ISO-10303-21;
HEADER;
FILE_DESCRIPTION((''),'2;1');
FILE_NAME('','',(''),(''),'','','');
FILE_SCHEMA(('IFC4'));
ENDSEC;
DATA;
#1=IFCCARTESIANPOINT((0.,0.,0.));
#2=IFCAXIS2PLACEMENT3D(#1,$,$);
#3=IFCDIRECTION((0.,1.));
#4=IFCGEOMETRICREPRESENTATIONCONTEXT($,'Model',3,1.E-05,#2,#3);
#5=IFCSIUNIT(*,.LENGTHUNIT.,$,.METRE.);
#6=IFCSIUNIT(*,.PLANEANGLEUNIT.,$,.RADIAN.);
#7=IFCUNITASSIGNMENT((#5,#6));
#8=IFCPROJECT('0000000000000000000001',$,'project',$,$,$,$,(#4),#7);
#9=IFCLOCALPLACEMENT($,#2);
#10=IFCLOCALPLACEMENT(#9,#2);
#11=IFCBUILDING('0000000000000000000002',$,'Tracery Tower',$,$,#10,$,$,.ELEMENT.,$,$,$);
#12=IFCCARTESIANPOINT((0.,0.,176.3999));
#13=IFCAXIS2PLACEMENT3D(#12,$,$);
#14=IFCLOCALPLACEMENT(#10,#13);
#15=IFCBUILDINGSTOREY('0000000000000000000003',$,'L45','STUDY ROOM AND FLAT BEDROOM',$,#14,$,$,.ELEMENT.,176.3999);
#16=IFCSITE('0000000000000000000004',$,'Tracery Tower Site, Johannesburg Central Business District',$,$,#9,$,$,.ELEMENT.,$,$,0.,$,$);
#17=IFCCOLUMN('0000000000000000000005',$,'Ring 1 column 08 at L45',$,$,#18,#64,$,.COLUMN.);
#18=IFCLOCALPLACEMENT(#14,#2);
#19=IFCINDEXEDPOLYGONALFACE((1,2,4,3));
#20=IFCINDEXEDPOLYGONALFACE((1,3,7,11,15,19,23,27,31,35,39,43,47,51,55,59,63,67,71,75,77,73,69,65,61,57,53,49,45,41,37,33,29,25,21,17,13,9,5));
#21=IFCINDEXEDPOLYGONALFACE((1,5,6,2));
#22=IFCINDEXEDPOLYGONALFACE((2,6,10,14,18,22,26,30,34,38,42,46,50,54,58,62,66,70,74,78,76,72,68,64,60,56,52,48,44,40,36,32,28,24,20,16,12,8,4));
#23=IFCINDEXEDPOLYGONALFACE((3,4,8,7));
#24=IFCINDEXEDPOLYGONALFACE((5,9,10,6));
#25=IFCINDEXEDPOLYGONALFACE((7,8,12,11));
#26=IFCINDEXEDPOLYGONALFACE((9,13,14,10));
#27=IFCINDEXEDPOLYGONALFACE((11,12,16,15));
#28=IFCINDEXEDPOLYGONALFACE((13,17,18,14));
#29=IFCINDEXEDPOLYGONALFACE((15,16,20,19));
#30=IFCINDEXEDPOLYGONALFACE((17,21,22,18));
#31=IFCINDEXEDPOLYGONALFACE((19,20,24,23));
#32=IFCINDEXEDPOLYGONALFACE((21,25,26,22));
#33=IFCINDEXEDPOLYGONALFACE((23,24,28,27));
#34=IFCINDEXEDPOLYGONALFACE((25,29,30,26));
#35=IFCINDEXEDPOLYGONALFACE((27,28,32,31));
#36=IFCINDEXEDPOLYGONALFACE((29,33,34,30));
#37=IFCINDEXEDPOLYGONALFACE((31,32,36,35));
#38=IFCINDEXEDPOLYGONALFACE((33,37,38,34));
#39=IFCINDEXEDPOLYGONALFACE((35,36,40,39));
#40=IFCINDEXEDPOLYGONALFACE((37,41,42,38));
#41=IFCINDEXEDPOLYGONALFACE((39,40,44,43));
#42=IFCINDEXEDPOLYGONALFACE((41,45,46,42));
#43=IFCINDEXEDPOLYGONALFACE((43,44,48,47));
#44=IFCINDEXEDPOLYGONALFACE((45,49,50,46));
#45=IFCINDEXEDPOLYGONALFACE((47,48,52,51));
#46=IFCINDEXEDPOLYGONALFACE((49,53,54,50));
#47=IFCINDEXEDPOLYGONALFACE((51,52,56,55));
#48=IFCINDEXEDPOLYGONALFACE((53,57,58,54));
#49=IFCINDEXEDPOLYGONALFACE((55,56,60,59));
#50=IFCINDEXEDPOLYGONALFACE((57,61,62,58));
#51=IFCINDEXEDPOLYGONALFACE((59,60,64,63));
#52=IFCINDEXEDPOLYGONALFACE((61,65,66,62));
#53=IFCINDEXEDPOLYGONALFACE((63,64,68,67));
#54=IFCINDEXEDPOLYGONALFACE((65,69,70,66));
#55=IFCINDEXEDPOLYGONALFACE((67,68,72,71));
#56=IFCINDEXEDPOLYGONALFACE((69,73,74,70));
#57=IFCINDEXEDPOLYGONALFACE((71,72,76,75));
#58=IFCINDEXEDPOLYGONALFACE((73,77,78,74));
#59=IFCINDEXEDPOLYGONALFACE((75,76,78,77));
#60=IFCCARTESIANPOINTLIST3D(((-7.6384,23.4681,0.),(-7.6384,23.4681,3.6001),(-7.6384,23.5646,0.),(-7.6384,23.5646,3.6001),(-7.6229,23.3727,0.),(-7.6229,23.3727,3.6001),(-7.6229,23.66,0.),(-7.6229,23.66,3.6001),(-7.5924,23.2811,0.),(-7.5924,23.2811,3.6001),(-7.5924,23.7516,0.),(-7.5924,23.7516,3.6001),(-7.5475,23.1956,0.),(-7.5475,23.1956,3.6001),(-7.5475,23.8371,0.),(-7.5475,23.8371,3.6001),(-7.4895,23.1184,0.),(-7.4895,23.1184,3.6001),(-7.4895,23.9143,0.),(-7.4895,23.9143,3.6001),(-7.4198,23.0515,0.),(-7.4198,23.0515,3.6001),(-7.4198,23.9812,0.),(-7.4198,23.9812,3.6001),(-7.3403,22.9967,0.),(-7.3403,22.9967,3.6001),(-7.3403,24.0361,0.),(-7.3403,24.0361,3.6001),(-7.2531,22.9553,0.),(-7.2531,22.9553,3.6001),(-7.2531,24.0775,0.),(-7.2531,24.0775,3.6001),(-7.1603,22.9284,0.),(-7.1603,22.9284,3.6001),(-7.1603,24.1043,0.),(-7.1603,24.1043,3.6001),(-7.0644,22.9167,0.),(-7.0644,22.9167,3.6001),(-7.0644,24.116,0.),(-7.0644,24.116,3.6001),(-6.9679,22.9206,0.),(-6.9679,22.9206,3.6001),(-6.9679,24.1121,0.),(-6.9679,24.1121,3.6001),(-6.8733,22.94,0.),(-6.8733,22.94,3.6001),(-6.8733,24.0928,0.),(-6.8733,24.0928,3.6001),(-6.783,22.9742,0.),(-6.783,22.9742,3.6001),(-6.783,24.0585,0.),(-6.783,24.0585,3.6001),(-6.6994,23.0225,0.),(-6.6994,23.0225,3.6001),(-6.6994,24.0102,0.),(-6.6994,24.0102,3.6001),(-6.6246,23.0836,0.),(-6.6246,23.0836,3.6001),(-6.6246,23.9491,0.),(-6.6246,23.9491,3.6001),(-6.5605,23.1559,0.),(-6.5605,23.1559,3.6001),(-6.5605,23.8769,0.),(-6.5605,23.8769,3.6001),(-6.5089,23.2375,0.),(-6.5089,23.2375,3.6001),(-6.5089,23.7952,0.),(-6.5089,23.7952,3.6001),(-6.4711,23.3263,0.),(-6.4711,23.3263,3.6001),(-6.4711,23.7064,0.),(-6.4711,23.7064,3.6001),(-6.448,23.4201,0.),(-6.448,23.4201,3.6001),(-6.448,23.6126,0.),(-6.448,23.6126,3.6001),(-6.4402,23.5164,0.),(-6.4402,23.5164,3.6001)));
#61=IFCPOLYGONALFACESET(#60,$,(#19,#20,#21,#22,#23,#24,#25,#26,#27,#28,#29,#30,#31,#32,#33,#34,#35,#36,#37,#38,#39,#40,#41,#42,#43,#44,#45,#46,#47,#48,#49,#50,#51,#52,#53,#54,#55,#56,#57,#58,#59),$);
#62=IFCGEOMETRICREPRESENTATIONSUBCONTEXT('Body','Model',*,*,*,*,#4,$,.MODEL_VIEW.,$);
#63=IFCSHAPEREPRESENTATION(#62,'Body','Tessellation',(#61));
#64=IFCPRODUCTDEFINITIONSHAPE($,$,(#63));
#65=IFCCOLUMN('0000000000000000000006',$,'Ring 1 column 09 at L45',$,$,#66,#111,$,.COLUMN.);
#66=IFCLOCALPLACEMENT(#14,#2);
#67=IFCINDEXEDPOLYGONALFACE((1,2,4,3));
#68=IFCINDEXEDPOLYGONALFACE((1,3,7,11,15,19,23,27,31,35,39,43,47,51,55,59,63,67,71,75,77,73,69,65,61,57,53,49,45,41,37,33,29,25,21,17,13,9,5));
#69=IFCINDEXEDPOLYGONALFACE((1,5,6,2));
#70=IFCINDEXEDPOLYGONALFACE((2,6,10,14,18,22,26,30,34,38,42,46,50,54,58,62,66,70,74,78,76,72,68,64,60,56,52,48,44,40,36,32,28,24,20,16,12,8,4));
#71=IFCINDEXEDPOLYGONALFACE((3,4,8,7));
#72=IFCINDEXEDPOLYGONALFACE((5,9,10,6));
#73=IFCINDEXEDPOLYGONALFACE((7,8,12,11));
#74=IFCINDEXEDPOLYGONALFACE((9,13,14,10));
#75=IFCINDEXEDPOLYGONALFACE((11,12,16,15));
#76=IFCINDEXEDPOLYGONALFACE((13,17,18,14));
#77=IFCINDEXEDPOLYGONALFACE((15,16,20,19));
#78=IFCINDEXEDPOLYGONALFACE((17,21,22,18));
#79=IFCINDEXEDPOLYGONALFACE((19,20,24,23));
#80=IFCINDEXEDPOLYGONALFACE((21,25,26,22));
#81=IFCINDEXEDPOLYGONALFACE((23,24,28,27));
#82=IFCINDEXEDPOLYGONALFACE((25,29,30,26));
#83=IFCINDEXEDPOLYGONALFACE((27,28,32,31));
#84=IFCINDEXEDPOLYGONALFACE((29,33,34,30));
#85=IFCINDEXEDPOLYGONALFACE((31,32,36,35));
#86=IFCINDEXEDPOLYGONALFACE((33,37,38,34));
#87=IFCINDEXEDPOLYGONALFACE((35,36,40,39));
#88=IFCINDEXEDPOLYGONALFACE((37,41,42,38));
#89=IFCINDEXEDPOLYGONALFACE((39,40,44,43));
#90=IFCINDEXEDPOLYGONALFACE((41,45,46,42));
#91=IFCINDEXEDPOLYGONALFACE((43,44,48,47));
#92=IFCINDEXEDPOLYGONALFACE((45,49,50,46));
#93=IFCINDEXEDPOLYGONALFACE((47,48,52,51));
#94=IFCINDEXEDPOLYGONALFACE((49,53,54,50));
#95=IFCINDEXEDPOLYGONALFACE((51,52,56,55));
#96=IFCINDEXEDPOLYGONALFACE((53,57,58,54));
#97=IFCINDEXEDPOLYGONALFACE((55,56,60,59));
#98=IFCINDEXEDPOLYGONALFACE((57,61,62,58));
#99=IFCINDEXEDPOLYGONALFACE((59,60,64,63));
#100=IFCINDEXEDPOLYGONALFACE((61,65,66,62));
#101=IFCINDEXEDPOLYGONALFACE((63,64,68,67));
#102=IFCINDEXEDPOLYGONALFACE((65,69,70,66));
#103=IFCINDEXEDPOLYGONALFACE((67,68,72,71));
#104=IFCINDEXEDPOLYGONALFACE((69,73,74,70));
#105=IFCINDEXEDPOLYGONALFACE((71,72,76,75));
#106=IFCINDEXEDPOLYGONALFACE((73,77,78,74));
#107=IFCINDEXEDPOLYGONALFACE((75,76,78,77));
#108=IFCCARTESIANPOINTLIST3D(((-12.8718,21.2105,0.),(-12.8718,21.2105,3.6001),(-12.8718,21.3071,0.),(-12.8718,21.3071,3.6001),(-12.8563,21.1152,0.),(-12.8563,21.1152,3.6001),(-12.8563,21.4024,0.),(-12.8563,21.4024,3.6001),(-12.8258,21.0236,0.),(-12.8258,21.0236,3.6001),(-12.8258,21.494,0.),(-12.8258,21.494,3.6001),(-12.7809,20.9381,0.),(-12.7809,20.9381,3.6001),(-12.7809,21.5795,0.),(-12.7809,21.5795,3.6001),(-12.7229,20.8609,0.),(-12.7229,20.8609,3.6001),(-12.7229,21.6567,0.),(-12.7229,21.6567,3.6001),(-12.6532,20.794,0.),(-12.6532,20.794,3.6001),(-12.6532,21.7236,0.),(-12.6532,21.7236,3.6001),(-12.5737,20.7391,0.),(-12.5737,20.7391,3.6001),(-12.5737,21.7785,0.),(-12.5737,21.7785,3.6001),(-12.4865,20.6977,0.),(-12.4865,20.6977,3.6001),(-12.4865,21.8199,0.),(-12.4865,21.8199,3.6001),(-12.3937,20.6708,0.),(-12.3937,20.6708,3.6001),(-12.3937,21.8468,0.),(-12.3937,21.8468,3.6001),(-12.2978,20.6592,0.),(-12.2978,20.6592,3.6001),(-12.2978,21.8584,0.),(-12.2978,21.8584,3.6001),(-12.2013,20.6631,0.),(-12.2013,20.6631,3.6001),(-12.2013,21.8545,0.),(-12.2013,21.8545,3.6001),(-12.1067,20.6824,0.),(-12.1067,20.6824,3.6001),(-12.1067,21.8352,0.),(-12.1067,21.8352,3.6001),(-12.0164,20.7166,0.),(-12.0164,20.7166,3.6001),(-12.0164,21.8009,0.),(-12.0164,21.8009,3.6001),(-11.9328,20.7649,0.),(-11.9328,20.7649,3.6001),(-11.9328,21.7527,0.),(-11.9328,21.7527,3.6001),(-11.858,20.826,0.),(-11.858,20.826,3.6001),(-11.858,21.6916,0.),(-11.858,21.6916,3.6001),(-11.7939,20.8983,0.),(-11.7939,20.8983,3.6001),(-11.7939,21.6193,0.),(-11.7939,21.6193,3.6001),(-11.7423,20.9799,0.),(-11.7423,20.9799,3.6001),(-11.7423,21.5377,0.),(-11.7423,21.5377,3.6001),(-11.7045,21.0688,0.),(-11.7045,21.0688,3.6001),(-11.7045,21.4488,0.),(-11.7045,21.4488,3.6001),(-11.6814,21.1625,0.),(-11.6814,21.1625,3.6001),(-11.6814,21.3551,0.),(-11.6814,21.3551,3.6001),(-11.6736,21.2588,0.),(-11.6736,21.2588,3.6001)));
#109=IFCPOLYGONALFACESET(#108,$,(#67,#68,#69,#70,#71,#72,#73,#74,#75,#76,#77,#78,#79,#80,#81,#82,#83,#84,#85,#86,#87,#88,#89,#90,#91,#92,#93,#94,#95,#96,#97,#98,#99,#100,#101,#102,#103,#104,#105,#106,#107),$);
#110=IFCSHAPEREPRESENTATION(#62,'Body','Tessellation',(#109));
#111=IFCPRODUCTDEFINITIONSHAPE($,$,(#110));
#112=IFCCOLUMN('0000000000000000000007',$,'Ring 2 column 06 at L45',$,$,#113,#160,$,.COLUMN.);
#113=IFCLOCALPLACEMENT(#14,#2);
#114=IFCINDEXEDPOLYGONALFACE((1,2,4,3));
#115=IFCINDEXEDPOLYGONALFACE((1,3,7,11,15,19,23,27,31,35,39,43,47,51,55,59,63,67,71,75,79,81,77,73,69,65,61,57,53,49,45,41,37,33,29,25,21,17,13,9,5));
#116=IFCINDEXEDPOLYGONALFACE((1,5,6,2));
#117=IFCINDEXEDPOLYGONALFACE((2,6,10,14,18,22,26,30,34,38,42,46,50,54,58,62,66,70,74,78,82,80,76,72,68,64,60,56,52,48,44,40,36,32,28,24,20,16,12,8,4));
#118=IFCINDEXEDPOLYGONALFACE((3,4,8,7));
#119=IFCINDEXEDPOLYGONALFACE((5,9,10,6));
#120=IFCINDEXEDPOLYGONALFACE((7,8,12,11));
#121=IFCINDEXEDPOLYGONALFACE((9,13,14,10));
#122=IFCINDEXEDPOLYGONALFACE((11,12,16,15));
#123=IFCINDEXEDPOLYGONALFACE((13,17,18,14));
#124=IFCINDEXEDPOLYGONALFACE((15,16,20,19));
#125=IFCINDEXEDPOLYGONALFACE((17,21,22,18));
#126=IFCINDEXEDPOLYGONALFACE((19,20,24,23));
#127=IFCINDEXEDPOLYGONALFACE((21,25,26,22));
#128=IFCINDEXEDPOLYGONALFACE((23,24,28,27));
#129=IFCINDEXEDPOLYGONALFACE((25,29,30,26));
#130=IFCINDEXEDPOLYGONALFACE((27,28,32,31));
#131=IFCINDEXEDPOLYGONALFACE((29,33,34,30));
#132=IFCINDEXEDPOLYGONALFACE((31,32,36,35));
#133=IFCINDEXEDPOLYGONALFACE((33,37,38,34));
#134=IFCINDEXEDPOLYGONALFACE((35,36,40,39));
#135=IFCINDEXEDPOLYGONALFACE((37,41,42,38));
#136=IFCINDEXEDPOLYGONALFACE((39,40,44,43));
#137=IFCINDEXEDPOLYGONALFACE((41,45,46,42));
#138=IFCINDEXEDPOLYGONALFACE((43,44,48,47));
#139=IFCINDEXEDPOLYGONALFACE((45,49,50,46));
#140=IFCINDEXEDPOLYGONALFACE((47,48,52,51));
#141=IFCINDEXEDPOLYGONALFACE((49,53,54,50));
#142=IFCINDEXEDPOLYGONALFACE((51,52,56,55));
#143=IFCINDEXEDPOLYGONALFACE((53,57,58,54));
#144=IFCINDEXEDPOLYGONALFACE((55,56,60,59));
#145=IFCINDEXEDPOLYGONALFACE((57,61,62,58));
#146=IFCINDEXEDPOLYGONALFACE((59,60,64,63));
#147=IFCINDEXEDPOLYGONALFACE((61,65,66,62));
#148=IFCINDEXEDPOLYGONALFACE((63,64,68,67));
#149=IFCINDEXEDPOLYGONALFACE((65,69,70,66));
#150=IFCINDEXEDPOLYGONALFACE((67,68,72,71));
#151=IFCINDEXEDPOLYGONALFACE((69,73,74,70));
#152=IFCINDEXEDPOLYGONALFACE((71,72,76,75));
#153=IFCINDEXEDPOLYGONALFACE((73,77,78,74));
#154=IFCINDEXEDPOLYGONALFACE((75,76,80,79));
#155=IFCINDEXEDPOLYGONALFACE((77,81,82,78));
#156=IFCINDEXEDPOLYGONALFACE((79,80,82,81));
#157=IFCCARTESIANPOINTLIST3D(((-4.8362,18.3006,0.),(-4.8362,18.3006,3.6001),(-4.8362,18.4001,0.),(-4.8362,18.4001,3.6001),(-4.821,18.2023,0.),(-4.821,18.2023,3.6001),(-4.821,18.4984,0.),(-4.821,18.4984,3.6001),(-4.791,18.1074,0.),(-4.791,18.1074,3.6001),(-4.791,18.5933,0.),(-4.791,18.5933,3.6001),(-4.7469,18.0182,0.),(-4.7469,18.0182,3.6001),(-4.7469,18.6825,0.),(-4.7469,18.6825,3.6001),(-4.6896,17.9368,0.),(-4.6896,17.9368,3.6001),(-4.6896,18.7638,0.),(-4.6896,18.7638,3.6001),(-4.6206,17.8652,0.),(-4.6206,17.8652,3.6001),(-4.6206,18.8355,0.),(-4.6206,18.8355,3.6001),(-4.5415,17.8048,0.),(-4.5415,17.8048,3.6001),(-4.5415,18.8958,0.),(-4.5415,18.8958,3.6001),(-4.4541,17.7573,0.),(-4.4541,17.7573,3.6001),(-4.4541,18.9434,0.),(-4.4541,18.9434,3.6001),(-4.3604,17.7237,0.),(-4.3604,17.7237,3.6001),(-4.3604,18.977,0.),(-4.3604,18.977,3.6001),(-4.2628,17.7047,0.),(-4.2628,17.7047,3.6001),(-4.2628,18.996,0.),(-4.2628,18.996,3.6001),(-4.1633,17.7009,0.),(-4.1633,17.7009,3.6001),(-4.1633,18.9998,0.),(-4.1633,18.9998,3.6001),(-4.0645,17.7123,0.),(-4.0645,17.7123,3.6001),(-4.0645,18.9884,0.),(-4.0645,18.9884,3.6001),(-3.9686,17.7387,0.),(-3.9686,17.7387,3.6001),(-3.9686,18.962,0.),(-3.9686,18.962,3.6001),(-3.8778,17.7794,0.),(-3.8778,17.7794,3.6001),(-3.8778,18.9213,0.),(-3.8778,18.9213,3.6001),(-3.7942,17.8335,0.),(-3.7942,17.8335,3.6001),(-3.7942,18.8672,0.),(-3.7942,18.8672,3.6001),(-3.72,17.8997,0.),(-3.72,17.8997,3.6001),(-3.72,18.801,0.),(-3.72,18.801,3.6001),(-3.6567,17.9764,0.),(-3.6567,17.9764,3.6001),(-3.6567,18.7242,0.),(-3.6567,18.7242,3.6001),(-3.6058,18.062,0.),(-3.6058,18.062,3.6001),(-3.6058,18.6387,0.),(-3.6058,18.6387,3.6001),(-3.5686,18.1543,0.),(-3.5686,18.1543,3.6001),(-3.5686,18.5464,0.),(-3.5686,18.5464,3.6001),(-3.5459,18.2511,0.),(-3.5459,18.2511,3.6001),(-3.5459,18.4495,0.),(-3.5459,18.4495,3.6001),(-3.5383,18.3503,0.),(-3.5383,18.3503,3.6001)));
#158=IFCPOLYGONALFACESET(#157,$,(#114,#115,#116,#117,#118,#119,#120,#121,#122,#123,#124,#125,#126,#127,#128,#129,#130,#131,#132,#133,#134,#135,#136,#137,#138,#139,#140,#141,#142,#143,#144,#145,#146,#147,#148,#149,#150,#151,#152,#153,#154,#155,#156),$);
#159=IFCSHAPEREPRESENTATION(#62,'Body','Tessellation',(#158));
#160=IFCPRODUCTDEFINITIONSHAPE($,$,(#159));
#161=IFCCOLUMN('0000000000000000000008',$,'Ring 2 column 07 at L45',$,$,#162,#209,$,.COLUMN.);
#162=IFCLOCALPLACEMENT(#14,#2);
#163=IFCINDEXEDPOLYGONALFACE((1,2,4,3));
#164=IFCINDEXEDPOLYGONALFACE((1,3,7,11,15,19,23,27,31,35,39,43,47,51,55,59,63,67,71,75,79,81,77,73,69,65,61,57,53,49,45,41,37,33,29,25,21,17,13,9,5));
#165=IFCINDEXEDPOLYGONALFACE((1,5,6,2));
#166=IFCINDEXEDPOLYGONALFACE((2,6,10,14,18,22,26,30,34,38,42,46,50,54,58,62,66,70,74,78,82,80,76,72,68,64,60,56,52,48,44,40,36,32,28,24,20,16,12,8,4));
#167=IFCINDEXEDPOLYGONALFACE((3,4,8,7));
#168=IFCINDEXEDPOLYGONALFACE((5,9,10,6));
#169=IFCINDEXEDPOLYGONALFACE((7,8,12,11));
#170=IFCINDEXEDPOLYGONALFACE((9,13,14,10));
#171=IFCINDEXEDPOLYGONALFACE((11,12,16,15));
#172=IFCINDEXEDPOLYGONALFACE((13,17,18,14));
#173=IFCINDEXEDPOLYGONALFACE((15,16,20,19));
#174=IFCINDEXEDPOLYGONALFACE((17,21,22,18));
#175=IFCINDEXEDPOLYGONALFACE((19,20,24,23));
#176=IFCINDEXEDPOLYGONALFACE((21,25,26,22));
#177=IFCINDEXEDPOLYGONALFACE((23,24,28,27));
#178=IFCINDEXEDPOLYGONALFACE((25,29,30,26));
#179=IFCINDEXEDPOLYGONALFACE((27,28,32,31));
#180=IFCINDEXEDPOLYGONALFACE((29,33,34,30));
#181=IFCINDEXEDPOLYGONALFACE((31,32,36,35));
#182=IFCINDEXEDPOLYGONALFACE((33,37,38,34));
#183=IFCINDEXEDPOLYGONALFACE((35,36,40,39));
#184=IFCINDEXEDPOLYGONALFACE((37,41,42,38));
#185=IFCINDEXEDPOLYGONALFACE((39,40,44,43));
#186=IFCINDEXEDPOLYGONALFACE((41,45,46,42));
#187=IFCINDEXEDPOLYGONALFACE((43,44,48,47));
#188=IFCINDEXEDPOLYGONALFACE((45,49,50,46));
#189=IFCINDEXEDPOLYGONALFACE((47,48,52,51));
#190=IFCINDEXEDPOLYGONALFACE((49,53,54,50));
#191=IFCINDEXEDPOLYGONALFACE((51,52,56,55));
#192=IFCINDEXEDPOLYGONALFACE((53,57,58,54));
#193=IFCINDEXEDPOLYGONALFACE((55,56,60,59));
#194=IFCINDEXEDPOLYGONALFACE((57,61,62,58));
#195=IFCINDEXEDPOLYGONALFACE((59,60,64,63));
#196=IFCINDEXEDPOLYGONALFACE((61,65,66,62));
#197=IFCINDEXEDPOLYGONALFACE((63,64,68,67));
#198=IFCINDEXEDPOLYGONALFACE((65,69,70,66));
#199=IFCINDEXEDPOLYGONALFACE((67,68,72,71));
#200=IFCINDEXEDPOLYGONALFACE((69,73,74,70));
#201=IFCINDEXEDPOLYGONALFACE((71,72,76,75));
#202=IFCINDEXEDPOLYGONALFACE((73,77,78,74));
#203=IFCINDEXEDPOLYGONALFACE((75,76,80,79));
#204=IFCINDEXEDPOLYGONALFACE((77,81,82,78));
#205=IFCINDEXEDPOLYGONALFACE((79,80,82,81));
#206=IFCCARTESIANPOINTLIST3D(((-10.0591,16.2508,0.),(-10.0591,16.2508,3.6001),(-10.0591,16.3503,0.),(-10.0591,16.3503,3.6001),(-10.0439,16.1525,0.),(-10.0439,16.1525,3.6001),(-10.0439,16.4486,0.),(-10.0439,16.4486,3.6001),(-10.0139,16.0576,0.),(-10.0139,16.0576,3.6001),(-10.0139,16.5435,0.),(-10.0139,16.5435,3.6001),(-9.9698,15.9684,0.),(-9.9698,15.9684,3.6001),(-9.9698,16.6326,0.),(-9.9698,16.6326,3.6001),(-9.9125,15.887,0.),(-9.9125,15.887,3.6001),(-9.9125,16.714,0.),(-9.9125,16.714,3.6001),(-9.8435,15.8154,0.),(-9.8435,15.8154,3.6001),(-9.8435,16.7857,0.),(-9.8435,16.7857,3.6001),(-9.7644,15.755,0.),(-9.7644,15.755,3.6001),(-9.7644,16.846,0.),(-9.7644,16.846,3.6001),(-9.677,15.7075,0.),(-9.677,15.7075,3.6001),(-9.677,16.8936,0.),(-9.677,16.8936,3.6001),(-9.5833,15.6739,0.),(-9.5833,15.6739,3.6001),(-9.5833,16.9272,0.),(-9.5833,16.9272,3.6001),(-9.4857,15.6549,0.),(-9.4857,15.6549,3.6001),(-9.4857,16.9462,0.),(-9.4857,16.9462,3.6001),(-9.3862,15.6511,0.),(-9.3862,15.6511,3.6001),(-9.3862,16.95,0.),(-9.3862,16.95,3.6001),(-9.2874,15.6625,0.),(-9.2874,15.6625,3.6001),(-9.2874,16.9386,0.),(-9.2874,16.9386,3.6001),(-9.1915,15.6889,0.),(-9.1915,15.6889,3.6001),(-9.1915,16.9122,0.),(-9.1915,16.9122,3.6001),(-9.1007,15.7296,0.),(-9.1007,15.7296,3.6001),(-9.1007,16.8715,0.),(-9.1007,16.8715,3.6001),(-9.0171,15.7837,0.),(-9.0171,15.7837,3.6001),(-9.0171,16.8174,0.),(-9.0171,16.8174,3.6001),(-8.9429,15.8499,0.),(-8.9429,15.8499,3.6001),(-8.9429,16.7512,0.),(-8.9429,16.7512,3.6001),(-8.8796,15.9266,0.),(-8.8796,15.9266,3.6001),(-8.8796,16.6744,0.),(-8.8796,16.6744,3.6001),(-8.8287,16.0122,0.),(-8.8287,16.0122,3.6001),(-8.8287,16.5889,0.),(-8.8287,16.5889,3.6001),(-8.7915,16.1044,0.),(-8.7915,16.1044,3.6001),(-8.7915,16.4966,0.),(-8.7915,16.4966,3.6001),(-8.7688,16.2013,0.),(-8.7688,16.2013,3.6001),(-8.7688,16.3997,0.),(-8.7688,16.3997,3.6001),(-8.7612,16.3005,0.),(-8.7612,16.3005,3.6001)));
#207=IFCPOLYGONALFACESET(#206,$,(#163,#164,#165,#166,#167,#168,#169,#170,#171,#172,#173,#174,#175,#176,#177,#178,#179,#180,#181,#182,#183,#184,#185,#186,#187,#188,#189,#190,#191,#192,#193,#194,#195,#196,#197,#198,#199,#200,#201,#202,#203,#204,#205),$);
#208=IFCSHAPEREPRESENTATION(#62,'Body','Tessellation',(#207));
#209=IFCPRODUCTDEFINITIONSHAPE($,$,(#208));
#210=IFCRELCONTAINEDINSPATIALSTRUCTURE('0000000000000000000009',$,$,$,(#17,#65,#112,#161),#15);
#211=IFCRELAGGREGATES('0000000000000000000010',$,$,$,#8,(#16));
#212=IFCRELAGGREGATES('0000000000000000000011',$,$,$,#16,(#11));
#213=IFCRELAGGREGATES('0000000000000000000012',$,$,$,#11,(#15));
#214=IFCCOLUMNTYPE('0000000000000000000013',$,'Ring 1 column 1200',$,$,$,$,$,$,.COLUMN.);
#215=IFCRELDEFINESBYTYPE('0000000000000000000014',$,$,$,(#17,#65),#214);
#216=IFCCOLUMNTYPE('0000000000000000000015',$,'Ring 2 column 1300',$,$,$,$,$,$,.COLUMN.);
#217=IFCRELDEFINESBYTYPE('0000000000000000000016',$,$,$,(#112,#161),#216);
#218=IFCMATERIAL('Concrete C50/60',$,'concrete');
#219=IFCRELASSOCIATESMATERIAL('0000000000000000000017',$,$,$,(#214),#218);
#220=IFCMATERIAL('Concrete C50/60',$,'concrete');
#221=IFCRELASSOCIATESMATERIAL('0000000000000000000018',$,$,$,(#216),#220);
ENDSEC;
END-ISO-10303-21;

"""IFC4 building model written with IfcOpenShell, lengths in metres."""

from ifc_helpers import new_model, si_unit, direction, frame, origin, origin_2d, place, context, subcontext, project, spatial, circle, extrude, material, material_profile, profile_set, type_object, element, save


model = new_model("IFC4")

# Units and contexts
model_context = context("Model", 3, precision=1e-05, world=origin(), true_north=direction((0.0, 1.0)))
body_context = subcontext(model_context, "Body", "Model", "MODEL_VIEW")
ifc_project = project(units=[si_unit("LENGTHUNIT", "METRE"), si_unit("PLANEANGLEUNIT", "RADIAN")], contexts=[model_context])

# Site, building, storey
site_placement = place(None, origin())
site = spatial("IfcSite", under=ifc_project, at=site_placement, Name="Tracery Tower Site, Johannesburg Central Business District", CompositionType="ELEMENT", RefElevation=0.0)
building_placement = place(site_placement, origin())
building = spatial("IfcBuilding", under=site, at=building_placement, Name="Tracery Tower", CompositionType="ELEMENT")
storey_placement = place(building_placement, frame((0.0, 0.0, 176.3999)))
storey = spatial("IfcBuildingStorey", under=building, at=storey_placement, Name="L45", Description="STUDY ROOM AND FLAT BEDROOM", CompositionType="ELEMENT", Elevation=176.3999)

# Columns
ifc_material_1 = material(Name="Concrete C50/60", Category="concrete")
ifc_material_profile_1 = material_profile(ifc_material_1, circle(Radius=0.6001, at=origin_2d()), Name="RC D1200")
ifc_profile_set_1 = profile_set([ifc_material_profile_1], Name="Concrete C50/60")
column_type_1 = type_object("IfcColumnType", Name="Ring 1 column 1200", PredefinedType="COLUMN", material=ifc_profile_set_1)
for number, where, z_axis, x_axis, name in (
    (1, (-7.0403, 23.5164, 0.0), (0.0, 0.0, 1.0), (1.0, 0.0, 0.0), "Ring 1 column 08 at L45"),
    (2, (-12.2737, 21.2588, 0.0), (0.0, 0.0, 1.0), (1.0, 0.0, 0.0), "Ring 1 column 09 at L45"),
):
    element("IfcColumn", number, at=place(storey_placement, frame(where, z_axis=z_axis, x_axis=x_axis)), inside=storey, type_object=column_type_1, Name=name, PredefinedType="COLUMN", context=body_context, shape_type="SweptSolid", body=[
        extrude(circle(Radius=0.6001, at=origin_2d()), origin(), (0.0, 0.0, 1.0), 3.6001),
    ])
ifc_material_2 = material(Name="Concrete C50/60", Category="concrete")
ifc_material_profile_2 = material_profile(ifc_material_2, circle(Radius=0.6499, at=origin_2d()), Name="RC D1300")
ifc_profile_set_2 = profile_set([ifc_material_profile_2], Name="Concrete C50/60")
column_type_2 = type_object("IfcColumnType", Name="Ring 2 column 1300", PredefinedType="COLUMN", material=ifc_profile_set_2)
for number, where, z_axis, x_axis, name in (
    (3, (-4.1882, 18.3503, 0.0), (0.0, 0.0, 1.0), (1.0, 0.0, 0.0), "Ring 2 column 06 at L45"),
    (4, (-9.4111, 16.3005, 0.0), (0.0, 0.0, 1.0), (1.0, 0.0, 0.0), "Ring 2 column 07 at L45"),
):
    element("IfcColumn", number, at=place(storey_placement, frame(where, z_axis=z_axis, x_axis=x_axis)), inside=storey, type_object=column_type_2, Name=name, PredefinedType="COLUMN", context=body_context, shape_type="SweptSolid", body=[
        extrude(circle(Radius=0.6499, at=origin_2d()), origin(), (0.0, 0.0, 1.0), 3.6001),
    ])

save(model, "model.ifc")
